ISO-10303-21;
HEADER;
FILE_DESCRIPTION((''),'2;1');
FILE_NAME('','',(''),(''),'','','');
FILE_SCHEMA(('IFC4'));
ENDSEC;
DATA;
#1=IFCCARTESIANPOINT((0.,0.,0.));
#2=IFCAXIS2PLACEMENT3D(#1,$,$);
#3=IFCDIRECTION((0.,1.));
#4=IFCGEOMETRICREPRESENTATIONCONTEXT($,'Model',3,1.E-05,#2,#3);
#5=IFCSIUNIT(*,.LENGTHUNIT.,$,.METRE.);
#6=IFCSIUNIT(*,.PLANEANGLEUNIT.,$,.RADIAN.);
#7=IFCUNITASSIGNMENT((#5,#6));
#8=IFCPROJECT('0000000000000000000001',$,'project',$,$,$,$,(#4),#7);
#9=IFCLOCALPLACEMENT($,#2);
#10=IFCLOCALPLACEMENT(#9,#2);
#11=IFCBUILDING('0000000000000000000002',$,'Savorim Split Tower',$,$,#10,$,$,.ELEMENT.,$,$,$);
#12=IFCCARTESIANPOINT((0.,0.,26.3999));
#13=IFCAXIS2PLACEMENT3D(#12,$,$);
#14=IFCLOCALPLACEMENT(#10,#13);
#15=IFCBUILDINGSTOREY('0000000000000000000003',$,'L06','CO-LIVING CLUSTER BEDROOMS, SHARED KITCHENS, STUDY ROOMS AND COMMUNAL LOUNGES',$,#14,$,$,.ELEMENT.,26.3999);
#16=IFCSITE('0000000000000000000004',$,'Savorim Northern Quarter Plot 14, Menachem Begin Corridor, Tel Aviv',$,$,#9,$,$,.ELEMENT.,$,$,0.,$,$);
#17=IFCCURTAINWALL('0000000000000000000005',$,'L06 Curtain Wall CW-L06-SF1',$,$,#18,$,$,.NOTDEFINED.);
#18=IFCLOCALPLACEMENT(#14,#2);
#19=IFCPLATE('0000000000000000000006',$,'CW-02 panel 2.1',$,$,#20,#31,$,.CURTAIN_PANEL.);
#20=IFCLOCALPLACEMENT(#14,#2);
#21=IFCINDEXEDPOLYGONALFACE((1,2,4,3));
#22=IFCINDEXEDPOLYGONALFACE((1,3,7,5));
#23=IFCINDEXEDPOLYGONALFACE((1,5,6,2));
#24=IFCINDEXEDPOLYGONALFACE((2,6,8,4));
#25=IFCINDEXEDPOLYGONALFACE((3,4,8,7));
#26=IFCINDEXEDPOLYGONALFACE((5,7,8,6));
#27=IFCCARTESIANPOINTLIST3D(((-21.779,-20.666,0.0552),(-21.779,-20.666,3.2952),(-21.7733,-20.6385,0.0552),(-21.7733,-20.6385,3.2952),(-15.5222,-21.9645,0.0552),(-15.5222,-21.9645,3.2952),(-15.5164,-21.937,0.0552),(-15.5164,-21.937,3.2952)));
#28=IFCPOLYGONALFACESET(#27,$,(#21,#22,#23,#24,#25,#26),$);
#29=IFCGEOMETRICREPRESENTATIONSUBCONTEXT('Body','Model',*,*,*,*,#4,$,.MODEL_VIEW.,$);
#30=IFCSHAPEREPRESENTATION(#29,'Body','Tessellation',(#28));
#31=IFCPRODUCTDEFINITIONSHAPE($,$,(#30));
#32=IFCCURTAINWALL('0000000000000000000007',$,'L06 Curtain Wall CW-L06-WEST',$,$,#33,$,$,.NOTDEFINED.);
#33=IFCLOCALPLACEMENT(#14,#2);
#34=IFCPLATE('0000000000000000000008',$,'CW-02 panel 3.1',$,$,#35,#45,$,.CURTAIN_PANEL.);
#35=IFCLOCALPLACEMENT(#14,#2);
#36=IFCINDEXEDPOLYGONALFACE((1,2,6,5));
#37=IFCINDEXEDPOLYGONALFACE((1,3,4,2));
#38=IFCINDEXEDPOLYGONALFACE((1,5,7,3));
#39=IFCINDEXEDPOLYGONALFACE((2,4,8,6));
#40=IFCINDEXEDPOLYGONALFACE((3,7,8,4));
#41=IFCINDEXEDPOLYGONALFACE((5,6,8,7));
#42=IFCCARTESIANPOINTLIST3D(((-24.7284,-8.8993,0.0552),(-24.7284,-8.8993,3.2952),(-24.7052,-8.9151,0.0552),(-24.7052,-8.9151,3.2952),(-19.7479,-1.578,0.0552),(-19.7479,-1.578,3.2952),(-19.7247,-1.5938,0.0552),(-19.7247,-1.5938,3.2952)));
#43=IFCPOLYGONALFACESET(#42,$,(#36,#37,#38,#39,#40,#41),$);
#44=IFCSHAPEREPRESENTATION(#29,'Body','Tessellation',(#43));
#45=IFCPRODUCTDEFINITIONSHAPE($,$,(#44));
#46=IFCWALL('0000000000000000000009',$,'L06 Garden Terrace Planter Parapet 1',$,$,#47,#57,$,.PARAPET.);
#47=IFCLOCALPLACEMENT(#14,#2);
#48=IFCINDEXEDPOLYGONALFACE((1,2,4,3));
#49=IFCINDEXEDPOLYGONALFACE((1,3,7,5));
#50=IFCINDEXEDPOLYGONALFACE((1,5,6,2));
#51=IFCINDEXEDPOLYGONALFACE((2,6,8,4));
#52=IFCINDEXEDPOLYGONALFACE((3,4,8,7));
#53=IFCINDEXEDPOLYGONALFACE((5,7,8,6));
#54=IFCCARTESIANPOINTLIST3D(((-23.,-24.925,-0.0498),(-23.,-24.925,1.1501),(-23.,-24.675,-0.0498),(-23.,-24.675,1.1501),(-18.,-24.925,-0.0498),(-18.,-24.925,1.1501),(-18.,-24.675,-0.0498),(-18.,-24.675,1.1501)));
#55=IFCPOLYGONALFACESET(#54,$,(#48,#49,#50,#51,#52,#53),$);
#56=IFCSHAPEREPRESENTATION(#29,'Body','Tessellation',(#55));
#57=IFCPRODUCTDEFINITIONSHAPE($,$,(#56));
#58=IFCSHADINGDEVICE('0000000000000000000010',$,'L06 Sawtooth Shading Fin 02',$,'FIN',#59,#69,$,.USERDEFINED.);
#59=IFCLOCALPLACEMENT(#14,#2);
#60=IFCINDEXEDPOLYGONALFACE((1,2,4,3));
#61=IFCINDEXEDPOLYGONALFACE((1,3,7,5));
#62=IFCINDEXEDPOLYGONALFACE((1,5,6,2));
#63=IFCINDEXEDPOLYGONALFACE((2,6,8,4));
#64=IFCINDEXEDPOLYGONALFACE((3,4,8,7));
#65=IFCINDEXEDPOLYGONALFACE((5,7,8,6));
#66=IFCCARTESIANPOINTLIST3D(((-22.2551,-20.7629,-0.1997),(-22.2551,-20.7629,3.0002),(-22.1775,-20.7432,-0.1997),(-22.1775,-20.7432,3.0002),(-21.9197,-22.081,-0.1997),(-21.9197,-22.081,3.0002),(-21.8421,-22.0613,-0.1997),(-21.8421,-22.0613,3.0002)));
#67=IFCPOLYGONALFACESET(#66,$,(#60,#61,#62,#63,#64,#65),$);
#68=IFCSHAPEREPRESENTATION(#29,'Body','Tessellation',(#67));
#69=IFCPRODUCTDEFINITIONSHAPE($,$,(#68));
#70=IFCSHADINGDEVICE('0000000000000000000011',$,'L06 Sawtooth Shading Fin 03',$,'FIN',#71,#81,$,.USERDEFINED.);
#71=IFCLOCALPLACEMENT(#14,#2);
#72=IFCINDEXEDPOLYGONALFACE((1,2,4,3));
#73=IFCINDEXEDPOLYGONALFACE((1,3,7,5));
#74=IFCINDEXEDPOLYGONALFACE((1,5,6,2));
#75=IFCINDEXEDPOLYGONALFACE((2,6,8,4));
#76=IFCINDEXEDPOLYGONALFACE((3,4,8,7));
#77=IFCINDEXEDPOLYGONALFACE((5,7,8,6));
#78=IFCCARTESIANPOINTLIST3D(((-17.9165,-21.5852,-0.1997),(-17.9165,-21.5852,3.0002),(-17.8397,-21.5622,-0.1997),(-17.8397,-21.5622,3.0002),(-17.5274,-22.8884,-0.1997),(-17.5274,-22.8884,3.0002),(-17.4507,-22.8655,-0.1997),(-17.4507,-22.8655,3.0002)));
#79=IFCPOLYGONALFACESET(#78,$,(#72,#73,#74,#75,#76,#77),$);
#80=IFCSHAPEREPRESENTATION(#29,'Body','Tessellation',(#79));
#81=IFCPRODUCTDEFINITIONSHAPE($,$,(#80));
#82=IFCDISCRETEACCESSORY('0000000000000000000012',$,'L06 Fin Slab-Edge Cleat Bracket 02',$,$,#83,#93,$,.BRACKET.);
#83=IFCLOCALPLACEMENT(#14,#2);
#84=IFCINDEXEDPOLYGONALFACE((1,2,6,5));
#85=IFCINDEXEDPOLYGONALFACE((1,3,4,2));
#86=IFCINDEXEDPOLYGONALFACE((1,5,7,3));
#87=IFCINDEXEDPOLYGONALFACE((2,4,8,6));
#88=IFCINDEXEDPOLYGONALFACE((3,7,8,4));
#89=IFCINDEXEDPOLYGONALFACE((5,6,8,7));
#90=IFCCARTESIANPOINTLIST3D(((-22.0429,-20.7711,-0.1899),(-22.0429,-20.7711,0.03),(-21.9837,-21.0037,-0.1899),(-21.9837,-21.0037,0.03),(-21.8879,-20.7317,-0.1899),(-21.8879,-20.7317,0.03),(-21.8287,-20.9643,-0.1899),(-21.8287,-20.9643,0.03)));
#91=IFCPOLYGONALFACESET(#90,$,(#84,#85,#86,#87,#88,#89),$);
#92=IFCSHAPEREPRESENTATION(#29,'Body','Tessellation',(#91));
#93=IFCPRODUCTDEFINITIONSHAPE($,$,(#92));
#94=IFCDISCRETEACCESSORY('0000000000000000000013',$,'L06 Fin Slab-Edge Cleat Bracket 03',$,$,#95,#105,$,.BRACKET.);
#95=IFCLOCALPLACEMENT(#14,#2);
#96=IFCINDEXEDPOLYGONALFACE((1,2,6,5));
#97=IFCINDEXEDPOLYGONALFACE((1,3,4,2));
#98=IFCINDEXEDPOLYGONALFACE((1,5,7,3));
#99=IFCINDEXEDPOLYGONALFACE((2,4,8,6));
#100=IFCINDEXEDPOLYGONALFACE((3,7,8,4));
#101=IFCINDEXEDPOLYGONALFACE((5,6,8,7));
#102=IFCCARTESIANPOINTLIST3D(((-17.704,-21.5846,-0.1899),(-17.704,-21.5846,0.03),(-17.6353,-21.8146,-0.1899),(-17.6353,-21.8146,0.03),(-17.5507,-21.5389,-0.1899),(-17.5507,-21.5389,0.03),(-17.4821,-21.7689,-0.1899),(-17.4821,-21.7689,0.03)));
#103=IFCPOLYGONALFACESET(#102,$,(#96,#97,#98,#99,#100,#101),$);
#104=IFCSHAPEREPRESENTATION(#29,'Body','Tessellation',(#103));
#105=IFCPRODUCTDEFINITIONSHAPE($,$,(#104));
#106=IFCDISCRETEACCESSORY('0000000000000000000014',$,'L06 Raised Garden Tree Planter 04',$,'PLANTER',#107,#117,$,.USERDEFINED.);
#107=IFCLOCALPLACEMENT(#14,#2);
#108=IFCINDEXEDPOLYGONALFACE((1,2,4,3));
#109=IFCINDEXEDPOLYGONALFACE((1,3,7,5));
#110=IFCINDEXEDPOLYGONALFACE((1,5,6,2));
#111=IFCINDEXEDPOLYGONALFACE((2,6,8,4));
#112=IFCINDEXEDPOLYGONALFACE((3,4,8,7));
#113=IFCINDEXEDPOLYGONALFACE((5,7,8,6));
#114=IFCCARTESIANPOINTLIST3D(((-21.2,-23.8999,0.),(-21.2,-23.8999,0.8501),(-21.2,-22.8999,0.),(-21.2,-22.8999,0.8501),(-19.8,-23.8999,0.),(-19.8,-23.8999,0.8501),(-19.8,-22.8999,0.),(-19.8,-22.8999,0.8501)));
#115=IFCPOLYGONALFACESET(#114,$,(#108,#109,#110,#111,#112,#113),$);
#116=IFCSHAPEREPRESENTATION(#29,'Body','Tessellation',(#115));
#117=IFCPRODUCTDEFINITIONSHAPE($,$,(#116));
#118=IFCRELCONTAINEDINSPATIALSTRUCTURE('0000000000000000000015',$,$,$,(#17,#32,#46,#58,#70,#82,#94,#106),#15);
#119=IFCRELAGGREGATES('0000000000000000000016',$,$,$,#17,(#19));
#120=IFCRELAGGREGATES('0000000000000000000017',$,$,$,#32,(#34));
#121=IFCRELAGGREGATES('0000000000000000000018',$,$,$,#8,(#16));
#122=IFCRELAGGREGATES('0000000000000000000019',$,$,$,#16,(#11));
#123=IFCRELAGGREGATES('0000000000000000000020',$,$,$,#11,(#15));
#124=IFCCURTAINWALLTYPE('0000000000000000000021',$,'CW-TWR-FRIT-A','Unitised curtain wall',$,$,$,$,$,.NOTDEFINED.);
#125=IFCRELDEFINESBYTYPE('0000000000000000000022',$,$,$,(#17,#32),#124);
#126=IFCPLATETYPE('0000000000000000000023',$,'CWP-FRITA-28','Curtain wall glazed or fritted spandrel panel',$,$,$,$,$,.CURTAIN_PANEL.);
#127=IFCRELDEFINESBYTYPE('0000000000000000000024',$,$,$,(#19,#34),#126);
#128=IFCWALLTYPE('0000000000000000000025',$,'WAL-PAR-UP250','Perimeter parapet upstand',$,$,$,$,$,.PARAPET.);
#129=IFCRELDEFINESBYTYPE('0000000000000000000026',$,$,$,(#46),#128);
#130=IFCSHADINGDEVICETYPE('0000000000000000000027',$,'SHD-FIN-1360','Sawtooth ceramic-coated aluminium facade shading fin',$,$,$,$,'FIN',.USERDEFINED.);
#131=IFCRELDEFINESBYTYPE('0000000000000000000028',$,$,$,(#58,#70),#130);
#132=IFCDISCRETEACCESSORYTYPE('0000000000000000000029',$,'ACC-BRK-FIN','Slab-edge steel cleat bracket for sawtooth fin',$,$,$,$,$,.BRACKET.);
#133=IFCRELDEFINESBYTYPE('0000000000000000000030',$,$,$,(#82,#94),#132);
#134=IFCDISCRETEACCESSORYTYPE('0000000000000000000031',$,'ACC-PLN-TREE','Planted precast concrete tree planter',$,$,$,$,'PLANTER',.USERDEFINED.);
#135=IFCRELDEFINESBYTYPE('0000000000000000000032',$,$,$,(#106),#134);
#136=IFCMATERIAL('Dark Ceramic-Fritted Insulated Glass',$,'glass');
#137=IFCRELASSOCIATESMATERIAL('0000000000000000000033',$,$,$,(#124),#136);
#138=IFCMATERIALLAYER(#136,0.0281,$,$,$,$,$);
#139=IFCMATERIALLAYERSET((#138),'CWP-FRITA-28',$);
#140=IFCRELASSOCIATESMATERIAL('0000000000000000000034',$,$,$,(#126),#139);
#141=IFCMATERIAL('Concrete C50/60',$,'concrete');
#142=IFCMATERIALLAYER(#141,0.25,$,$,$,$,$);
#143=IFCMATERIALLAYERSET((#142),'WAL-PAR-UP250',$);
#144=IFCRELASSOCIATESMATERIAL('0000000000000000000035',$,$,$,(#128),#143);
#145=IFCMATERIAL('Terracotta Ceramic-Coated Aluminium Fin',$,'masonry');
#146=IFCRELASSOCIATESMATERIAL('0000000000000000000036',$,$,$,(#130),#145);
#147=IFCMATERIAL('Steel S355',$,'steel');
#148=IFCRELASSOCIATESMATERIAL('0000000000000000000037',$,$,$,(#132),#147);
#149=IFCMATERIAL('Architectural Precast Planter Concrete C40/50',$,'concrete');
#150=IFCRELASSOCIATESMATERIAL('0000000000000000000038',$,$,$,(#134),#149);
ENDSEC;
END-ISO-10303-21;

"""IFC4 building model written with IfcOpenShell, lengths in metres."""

from ifc_helpers import new_model, si_unit, direction, frame, frame_2d, origin, origin_2d, place, context, subcontext, project, spatial, rectangle, extrude, material, layer, layer_set, type_object, element, aggregate, save


model = new_model("IFC4")

# Units and contexts
model_context = context("Model", 3, precision=1e-05, world=origin(), true_north=direction((0.0, 1.0)))
body_context = subcontext(model_context, "Body", "Model", "MODEL_VIEW")
ifc_project = project(units=[si_unit("LENGTHUNIT", "METRE"), si_unit("PLANEANGLEUNIT", "RADIAN")], contexts=[model_context])

# Site, building, storey
site_placement = place(None, origin())
site = spatial("IfcSite", under=ifc_project, at=site_placement, Name="Savorim Northern Quarter Plot 14, Menachem Begin Corridor, Tel Aviv", CompositionType="ELEMENT", RefElevation=0.0)
building_placement = place(site_placement, origin())
building = spatial("IfcBuilding", under=site, at=building_placement, Name="Savorim Split Tower", CompositionType="ELEMENT")
storey_placement = place(building_placement, frame((0.0, 0.0, 26.3999)))
storey = spatial("IfcBuildingStorey", under=building, at=storey_placement, Name="L06", Description="CO-LIVING CLUSTER BEDROOMS, SHARED KITCHENS, STUDY ROOMS AND COMMUNAL LOUNGES", CompositionType="ELEMENT", Elevation=26.3999)

# Shared definitions
ifc_material_1 = material(Name="Steel S355", Category="steel")

# Curtain wall
ifc_material_2 = material(Name="Dark Ceramic-Fritted Insulated Glass", Category="glass")
curtain_wall_type = type_object("IfcCurtainWallType", Name="CW-TWR-FRIT-A", Description="Unitised curtain wall", PredefinedType="NOTDEFINED", material=ifc_material_2)
curtain_wall_1_placement = place(storey_placement, origin())
curtain_wall_1 = element("IfcCurtainWall", 1, at=curtain_wall_1_placement, inside=storey, type_object=curtain_wall_type, Name="L06 Curtain Wall CW-L06-SF1", PredefinedType="NOTDEFINED")

# Plate
ifc_layer_1 = layer(ifc_material_2, 0.0281)
ifc_layer_set_1 = layer_set([ifc_layer_1], Name="CWP-FRITA-28")
plate_type = type_object("IfcPlateType", Name="CWP-FRITA-28", Description="Curtain wall glazed or fritted spandrel panel", PredefinedType="CURTAIN_PANEL", material=ifc_layer_set_1)
plate_1_placement = place(storey_placement, frame((-18.6477, -21.3015, 0.0552), z_axis=(0.0, 0.0, 1.0), x_axis=(0.979135, -0.20321, 0.0)))
plate_1 = element("IfcPlate", 2, at=plate_1_placement, type_object=plate_type, Name="CW-02 panel 2.1", PredefinedType="CURTAIN_PANEL", context=body_context, shape_type="SweptSolid", body=[
    extrude(rectangle(XDim=6.3901, YDim=0.0281, at=origin_2d()), origin(), (0.0, 0.0, 1.0), 3.24),
])
aggregate(curtain_wall_1, [plate_1])

# Curtain wall, plate
curtain_wall_2_placement = place(storey_placement, origin())
curtain_wall_2 = element("IfcCurtainWall", 3, at=curtain_wall_2_placement, inside=storey, type_object=curtain_wall_type, Name="L06 Curtain Wall CW-L06-WEST", PredefinedType="NOTDEFINED")
plate_2_placement = place(storey_placement, frame((-22.2266, -5.2466, 0.0552), z_axis=(0.0, 0.0, 1.0), x_axis=(-0.562465, -0.826821, 0.0)))
plate_2 = element("IfcPlate", 4, at=plate_2_placement, type_object=plate_type, Name="CW-02 panel 3.1", PredefinedType="CURTAIN_PANEL", context=body_context, shape_type="SweptSolid", body=[
    extrude(rectangle(XDim=8.8547, YDim=0.0281, at=origin_2d()), origin(), (0.0, 0.0, 1.0), 3.24),
])
aggregate(curtain_wall_2, [plate_2])

# Wall
ifc_material_3 = material(Name="Concrete C50/60", Category="concrete")
ifc_layer_2 = layer(ifc_material_3, 0.25)
ifc_layer_set_2 = layer_set([ifc_layer_2], Name="WAL-PAR-UP250")
wall_type = type_object("IfcWallType", Name="WAL-PAR-UP250", Description="Perimeter parapet upstand", PredefinedType="PARAPET", material=ifc_layer_set_2)
wall_placement = place(storey_placement, frame((-23.0, -24.8, -0.0498), z_axis=(0.0, 0.0, 1.0), x_axis=(1.0, 0.0, 0.0)))
element("IfcWall", 5, at=wall_placement, inside=storey, type_object=wall_type, Name="L06 Garden Terrace Planter Parapet 1", PredefinedType="PARAPET", context=body_context, shape_type="SweptSolid", body=[
    extrude(rectangle(XDim=5.0, YDim=0.25, at=frame_2d((2.5, 0.0))), origin(), (0.0, 0.0, 1.0), 1.2),
])

# Shading devices
ifc_material_4 = material(Name="Terracotta Ceramic-Coated Aluminium Fin", Category="masonry")
shading_device_type = type_object("IfcShadingDeviceType", Name="SHD-FIN-1360", Description="Sawtooth ceramic-coated aluminium facade shading fin", ElementType="FIN", PredefinedType="USERDEFINED", material=ifc_material_4)
for number, where, z_axis, x_axis, name in (
    (6, (-22.0486, -21.4121, -0.1997), (0.0, 0.0, 1.0), (0.246581, -0.969122, 0.0), "L06 Sawtooth Shading Fin 02"),
    (7, (-17.6836, -22.2253, -0.1997), (0.0, 0.0, 1.0), (0.286026, -0.958222, 0.0), "L06 Sawtooth Shading Fin 03"),
):
    element("IfcShadingDevice", number, at=place(storey_placement, frame(where, z_axis=z_axis, x_axis=x_axis)), inside=storey, type_object=shading_device_type, Name=name, ObjectType="FIN", PredefinedType="USERDEFINED", context=body_context, shape_type="SweptSolid", body=[
        extrude(rectangle(XDim=1.3601, YDim=0.0801, at=origin_2d()), origin(), (0.0, 0.0, 1.0), 3.2),
    ])

# Discrete accessories
discrete_accessory_type_1 = type_object("IfcDiscreteAccessoryType", Name="ACC-BRK-FIN", Description="Slab-edge steel cleat bracket for sawtooth fin", PredefinedType="BRACKET", material=ifc_material_1)
for number, where, z_axis, x_axis, name in (
    (8, (-21.9358, -20.8677, -0.1899), (0.0, 0.0, 1.0), (0.246581, -0.969122, 0.0), "L06 Fin Slab-Edge Cleat Bracket 02"),
    (9, (-17.593, -21.6768, -0.1899), (0.0, 0.0, 1.0), (0.286026, -0.958222, 0.0), "L06 Fin Slab-Edge Cleat Bracket 03"),
):
    element("IfcDiscreteAccessory", number, at=place(storey_placement, frame(where, z_axis=z_axis, x_axis=x_axis)), inside=storey, type_object=discrete_accessory_type_1, Name=name, PredefinedType="BRACKET", context=body_context, shape_type="SweptSolid", body=[
        extrude(rectangle(XDim=0.24, YDim=0.1599, at=origin_2d()), origin(), (0.0, 0.0, 1.0), 0.22),
    ])
ifc_material_5 = material(Name="Architectural Precast Planter Concrete C40/50", Category="concrete")
discrete_accessory_type_2 = type_object("IfcDiscreteAccessoryType", Name="ACC-PLN-TREE", Description="Planted precast concrete tree planter", ElementType="PLANTER", PredefinedType="USERDEFINED", material=ifc_material_5)
discrete_accessory_placement = place(storey_placement, frame((-20.5, -23.3999, 0.0), z_axis=(0.0, 0.0, 1.0), x_axis=(1.0, 0.0, 0.0)))
element("IfcDiscreteAccessory", 10, at=discrete_accessory_placement, inside=storey, type_object=discrete_accessory_type_2, Name="L06 Raised Garden Tree Planter 04", ObjectType="PLANTER", PredefinedType="USERDEFINED", context=body_context, shape_type="SweptSolid", body=[
    extrude(rectangle(XDim=1.3999, YDim=1.0, at=origin_2d()), origin(), (0.0, 0.0, 1.0), 0.8501),
])

save(model, "model.ifc")
